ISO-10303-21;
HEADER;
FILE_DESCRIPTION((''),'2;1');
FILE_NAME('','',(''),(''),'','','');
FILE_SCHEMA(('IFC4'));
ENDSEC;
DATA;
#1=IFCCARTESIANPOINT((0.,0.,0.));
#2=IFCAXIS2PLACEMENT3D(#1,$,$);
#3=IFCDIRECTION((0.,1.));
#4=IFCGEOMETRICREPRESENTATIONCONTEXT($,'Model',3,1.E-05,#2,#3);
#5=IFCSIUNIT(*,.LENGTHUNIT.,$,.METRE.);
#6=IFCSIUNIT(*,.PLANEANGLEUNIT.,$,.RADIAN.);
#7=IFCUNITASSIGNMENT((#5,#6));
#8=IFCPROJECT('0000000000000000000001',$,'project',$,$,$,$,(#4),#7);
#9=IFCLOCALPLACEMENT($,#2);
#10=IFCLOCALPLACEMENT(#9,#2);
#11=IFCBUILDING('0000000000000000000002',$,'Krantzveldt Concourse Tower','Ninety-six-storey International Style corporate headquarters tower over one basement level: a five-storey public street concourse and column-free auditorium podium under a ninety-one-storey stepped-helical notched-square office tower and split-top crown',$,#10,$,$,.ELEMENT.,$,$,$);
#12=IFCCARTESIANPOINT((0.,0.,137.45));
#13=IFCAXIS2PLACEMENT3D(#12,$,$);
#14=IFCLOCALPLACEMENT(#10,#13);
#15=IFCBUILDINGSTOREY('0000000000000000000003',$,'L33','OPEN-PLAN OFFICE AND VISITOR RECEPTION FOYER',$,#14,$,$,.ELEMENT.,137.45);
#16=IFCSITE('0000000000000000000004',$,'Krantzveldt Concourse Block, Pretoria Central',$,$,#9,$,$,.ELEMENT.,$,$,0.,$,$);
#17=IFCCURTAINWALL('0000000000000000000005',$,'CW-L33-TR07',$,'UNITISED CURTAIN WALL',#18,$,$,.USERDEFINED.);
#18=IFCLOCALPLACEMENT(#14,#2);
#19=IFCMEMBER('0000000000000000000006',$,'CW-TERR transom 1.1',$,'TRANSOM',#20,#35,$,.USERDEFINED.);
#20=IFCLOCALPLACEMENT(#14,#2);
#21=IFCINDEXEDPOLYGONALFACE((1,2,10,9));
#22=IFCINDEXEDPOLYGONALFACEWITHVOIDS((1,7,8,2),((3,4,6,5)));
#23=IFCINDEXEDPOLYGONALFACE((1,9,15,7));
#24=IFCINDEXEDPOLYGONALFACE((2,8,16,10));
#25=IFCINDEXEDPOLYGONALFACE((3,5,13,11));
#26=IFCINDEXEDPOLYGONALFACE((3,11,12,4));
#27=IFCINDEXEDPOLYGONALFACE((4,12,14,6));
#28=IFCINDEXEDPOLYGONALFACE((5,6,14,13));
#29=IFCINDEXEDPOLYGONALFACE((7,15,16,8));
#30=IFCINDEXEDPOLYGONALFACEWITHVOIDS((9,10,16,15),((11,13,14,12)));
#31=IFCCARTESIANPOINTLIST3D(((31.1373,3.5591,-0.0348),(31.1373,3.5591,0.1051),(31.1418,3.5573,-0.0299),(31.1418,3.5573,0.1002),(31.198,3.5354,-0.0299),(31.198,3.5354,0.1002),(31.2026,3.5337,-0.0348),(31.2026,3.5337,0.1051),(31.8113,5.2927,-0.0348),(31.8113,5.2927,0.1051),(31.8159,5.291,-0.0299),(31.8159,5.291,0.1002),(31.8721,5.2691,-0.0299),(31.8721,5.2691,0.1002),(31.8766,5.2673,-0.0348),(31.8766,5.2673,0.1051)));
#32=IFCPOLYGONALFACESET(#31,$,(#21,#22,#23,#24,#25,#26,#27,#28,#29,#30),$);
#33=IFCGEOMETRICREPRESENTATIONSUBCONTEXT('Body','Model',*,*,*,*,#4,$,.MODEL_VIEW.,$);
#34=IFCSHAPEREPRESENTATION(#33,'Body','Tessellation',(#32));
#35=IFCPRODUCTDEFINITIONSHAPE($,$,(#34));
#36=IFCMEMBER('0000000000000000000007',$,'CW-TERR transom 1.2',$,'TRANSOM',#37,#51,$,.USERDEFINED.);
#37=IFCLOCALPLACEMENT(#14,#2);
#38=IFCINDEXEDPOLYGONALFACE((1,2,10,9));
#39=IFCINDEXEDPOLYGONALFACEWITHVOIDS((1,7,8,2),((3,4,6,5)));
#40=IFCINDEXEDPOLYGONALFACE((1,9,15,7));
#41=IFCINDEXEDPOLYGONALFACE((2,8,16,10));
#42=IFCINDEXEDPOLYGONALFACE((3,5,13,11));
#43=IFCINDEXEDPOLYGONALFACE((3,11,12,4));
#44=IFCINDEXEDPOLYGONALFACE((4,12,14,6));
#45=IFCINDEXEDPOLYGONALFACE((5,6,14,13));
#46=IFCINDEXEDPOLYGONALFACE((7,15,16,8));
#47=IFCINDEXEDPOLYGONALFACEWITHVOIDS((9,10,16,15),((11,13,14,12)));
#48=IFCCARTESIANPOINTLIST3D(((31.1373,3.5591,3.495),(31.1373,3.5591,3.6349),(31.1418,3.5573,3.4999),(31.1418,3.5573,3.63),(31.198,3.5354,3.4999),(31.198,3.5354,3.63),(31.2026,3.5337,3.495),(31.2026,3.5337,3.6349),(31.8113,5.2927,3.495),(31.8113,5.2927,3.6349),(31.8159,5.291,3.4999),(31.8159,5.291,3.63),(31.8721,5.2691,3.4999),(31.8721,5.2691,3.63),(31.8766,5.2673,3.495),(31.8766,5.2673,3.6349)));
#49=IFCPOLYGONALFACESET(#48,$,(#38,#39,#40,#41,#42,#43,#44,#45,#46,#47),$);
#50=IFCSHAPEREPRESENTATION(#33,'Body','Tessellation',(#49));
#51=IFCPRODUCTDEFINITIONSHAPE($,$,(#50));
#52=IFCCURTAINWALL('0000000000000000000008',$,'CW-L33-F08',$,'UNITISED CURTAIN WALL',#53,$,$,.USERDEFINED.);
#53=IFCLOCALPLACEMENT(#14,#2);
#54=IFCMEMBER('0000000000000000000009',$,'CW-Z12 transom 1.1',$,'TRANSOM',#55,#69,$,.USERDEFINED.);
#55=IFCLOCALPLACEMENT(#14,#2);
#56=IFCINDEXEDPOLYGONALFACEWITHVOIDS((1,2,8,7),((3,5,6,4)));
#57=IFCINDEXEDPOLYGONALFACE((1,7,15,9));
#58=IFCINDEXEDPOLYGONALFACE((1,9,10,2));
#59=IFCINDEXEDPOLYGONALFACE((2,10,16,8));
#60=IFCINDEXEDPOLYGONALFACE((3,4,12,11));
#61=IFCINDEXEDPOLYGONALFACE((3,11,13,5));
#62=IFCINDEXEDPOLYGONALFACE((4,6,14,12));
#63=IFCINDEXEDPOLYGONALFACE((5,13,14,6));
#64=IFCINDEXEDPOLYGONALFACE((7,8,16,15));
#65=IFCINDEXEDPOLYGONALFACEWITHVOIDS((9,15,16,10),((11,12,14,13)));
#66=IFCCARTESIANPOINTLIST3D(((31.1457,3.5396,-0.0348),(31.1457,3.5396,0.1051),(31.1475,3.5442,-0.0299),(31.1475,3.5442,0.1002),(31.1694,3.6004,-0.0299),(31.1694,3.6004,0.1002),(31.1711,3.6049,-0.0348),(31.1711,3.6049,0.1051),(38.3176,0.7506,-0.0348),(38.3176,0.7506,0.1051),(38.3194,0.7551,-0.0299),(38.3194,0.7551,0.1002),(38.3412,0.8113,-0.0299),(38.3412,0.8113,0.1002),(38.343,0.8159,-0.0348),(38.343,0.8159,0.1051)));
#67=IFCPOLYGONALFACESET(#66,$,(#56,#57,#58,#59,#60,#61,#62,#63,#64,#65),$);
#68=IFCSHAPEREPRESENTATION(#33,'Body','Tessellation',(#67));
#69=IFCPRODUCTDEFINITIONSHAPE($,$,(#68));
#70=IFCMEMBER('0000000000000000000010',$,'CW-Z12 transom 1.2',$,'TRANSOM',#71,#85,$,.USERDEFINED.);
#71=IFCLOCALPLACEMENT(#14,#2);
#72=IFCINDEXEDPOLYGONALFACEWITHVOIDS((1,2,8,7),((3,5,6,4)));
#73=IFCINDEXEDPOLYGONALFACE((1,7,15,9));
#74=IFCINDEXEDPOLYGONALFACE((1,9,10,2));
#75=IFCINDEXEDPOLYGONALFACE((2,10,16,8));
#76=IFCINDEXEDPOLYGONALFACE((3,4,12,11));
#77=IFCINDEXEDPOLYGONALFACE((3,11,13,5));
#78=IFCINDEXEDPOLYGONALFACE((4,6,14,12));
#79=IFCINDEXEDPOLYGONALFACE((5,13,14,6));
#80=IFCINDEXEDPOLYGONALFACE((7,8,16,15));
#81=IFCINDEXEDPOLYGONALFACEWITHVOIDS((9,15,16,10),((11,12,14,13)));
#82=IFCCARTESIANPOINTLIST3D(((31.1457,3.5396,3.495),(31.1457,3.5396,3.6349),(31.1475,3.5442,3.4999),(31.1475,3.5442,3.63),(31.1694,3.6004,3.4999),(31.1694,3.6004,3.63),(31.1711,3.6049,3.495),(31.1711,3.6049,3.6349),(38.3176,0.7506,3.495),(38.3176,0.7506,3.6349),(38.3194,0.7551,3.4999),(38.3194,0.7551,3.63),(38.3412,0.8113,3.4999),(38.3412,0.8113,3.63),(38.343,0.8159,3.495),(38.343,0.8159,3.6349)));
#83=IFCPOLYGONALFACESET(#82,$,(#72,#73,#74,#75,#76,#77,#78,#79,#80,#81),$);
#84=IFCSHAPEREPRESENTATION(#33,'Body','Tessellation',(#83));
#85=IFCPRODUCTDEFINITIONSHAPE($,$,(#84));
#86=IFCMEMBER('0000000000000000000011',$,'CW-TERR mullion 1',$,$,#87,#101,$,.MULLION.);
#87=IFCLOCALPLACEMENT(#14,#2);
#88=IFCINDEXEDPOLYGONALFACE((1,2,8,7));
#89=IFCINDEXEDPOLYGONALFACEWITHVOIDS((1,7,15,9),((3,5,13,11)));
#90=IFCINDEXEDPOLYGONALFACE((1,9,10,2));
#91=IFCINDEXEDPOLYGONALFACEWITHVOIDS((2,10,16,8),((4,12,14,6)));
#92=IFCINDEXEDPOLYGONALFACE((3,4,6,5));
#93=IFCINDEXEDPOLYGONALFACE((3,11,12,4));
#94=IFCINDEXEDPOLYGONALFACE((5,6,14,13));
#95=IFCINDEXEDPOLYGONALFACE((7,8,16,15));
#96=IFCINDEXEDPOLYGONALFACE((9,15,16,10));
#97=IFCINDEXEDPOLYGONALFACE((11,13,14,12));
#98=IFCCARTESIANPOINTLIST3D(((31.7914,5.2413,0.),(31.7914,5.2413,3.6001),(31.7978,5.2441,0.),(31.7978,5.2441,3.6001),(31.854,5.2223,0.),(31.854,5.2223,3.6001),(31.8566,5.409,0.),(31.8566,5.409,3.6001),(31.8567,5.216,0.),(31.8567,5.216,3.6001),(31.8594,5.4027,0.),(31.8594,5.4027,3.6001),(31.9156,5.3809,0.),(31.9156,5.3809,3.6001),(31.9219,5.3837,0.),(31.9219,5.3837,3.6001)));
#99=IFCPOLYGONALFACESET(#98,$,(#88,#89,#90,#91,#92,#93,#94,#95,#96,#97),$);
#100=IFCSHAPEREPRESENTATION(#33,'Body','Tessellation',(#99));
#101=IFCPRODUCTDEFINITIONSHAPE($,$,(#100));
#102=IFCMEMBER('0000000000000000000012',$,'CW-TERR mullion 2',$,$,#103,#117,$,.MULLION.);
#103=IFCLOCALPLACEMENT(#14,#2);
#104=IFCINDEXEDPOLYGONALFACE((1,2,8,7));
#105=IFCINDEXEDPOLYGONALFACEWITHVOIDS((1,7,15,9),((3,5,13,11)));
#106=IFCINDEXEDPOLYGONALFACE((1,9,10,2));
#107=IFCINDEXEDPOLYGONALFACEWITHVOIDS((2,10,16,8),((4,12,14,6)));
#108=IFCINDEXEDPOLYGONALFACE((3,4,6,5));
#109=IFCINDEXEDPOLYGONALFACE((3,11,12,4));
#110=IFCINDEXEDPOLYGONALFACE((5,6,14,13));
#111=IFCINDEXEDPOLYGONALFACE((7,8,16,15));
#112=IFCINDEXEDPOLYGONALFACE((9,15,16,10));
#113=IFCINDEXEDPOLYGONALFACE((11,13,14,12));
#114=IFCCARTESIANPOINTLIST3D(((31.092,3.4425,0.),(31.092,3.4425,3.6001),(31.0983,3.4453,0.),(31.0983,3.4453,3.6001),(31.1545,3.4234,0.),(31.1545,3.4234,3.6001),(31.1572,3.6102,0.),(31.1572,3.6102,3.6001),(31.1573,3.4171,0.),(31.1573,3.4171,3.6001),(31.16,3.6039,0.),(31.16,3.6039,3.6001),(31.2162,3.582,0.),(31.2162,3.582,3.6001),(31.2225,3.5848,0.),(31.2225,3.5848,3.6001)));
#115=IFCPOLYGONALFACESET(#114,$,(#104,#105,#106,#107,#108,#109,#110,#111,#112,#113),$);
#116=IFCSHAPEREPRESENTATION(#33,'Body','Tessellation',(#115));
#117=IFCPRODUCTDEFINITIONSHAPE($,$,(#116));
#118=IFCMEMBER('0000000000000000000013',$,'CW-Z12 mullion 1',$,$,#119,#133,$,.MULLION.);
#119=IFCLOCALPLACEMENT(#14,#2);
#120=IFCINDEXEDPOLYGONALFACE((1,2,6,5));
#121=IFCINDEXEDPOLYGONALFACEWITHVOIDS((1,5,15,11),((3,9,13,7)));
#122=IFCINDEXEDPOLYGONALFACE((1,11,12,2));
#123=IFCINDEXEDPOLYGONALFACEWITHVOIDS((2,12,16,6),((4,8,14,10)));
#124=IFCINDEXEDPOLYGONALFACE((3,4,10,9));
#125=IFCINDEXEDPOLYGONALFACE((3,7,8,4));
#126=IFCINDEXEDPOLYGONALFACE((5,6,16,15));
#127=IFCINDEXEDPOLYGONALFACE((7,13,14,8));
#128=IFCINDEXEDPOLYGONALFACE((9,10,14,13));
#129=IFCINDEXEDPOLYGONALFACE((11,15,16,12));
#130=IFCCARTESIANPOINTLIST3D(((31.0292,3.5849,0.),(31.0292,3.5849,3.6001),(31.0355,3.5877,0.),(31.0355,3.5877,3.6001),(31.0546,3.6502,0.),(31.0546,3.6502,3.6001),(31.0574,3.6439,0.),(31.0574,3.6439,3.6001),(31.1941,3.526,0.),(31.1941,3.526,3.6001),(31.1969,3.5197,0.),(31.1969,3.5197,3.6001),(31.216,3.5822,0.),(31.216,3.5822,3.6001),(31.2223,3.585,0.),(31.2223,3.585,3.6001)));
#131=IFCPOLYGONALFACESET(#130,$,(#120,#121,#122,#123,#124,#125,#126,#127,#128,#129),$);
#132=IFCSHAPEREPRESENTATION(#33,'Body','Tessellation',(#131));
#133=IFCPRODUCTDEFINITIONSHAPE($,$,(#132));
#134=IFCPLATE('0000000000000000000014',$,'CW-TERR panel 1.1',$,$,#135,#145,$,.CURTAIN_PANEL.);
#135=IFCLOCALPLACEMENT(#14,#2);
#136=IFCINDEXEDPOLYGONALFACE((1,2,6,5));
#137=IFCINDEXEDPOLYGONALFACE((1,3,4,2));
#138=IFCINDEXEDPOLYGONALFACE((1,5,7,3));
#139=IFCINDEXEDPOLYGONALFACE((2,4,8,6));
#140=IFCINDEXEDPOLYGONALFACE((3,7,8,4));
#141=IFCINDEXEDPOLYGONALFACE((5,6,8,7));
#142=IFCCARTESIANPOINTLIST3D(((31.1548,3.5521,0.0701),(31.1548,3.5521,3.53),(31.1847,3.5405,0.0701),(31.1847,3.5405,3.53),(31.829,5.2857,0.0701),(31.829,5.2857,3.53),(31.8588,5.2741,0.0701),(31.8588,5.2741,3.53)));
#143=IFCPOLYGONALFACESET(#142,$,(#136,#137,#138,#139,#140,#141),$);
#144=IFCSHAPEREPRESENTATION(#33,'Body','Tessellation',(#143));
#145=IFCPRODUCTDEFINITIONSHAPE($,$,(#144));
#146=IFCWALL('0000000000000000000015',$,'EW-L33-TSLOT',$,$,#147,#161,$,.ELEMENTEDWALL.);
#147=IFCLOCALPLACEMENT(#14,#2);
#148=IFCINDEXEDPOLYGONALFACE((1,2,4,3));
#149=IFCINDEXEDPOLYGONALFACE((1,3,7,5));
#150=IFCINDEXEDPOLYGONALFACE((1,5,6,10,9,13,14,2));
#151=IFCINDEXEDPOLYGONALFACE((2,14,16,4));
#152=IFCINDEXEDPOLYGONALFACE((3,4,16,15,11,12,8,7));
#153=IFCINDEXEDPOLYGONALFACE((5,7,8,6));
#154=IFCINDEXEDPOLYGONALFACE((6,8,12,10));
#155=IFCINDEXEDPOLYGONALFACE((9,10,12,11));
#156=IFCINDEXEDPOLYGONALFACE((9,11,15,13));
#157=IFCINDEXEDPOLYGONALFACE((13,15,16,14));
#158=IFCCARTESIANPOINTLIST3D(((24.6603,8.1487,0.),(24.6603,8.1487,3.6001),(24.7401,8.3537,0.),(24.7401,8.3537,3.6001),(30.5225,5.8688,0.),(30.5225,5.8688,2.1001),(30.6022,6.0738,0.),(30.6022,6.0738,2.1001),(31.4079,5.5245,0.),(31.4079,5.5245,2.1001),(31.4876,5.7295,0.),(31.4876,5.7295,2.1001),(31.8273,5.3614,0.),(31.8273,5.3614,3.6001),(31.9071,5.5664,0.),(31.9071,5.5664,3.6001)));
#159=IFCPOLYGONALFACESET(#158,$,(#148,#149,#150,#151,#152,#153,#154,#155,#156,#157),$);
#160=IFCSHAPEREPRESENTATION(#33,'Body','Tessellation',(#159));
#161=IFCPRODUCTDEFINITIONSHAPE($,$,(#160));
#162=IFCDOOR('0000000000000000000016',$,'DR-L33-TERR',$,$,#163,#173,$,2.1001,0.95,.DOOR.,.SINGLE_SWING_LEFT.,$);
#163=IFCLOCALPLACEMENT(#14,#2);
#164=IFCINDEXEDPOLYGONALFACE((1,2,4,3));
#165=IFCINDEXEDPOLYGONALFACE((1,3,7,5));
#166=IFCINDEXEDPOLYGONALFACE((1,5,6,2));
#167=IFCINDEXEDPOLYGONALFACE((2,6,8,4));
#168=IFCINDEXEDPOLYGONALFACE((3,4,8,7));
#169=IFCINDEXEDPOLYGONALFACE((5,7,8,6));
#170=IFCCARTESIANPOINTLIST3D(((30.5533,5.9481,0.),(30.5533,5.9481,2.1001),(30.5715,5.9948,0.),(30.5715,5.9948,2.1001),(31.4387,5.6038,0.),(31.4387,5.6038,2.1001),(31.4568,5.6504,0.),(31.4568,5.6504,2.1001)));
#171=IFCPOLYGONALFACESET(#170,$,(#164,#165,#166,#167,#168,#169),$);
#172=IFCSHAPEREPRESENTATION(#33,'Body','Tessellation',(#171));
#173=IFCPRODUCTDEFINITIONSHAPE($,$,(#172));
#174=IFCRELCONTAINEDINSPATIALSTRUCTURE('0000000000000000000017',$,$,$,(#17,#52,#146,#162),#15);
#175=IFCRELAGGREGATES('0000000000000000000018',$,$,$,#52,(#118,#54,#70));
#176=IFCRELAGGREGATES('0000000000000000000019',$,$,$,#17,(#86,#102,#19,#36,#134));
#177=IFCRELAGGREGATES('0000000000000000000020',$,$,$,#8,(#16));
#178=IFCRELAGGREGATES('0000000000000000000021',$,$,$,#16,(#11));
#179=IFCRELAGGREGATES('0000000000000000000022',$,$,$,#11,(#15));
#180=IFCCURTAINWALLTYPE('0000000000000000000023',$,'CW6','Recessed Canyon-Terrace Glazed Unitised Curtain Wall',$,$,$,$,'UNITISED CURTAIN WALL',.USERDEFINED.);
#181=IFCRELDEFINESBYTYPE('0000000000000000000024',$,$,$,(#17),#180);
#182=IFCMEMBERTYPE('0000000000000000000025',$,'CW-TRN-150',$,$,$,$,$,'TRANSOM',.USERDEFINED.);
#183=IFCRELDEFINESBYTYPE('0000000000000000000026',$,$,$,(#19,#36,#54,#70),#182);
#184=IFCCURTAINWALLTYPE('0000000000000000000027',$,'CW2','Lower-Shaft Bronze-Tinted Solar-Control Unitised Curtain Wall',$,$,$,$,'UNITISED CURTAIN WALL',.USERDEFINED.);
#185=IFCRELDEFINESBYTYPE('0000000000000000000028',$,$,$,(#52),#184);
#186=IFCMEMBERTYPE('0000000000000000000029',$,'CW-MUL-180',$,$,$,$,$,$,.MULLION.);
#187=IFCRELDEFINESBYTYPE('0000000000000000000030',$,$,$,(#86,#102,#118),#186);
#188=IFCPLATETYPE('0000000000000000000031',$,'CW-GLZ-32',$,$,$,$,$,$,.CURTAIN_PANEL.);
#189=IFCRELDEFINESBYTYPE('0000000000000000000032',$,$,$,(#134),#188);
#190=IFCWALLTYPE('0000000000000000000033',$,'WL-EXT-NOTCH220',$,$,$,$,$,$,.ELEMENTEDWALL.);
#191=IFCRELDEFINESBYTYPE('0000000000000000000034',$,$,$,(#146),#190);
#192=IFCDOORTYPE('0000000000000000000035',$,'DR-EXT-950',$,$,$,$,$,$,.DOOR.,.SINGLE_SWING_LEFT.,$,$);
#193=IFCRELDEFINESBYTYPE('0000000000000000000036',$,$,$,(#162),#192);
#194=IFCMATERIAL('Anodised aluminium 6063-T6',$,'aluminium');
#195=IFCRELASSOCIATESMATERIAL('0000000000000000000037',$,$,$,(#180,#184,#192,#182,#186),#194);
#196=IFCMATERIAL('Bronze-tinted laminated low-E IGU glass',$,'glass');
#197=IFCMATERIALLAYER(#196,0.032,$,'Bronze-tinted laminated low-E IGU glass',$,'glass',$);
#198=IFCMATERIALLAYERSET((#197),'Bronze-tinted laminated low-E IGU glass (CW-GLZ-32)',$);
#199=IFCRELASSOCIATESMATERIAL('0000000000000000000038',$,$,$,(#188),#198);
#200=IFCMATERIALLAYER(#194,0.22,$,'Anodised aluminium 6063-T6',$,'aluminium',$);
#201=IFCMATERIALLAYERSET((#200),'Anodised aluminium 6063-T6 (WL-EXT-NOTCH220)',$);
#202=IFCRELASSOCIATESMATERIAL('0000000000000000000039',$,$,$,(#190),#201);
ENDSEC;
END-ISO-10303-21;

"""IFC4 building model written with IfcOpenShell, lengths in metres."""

from ifc_helpers import new_model, si_unit, direction, frame, frame_2d, origin, origin_2d, place, context, subcontext, project, spatial, rectangle, hollow_rectangle, extrude, source, transform, mapped, material, layer, layer_set, material_profile, profile_set, type_object, type_shapes, element, fill, aggregate, save


model = new_model("IFC4")

# Units and contexts
model_context = context("Model", 3, precision=1e-05, world=origin(), true_north=direction((0.0, 1.0)))
body_context = subcontext(model_context, "Body", "Model", "MODEL_VIEW")
ifc_project = project(units=[si_unit("LENGTHUNIT", "METRE"), si_unit("PLANEANGLEUNIT", "RADIAN")], contexts=[model_context])

# Site, building, storey
site_placement = place(None, origin())
site = spatial("IfcSite", under=ifc_project, at=site_placement, Name="Krantzveldt Concourse Block, Pretoria Central", CompositionType="ELEMENT", RefElevation=0.0)
building_placement = place(site_placement, origin())
building = spatial("IfcBuilding", under=site, at=building_placement, Name="Krantzveldt Concourse Tower", Description="Ninety-six-storey International Style corporate headquarters tower over one basement level: a five-storey public street concourse and column-free auditorium podium under a ninety-one-storey stepped-helical notched-square office tower and split-top crown", CompositionType="ELEMENT")
storey_placement = place(building_placement, frame((0.0, 0.0, 137.45)))
storey = spatial("IfcBuildingStorey", under=building, at=storey_placement, Name="L33", Description="OPEN-PLAN OFFICE AND VISITOR RECEPTION FOYER", CompositionType="ELEMENT", Elevation=137.45)

# Curtain walls, members
ifc_material_1 = material(Name="Anodised aluminium 6063-T6", Category="aluminium")
curtain_wall_type_1 = type_object("IfcCurtainWallType", Name="CW6", Description="Recessed Canyon-Terrace Glazed Unitised Curtain Wall", ElementType="UNITISED CURTAIN WALL", PredefinedType="USERDEFINED", material=ifc_material_1)
curtain_wall_1_placement = place(storey_placement, origin())
curtain_wall_1 = element("IfcCurtainWall", 1, at=curtain_wall_1_placement, inside=storey, type_object=curtain_wall_type_1, Name="CW-L33-TR07", ObjectType="UNITISED CURTAIN WALL", PredefinedType="USERDEFINED")
ifc_material_profile_1 = material_profile(ifc_material_1, hollow_rectangle(XDim=0.0701, YDim=0.1399, WallThickness=0.0049, at=origin_2d()), Name="Anodised aluminium 6063-T6", Category="aluminium")
ifc_profile_set_1 = profile_set([ifc_material_profile_1], Name="Anodised aluminium 6063-T6 - ALU-TRAN 140x70x5")
member_type_1 = type_object("IfcMemberType", Name="CW-TRN-150", ElementType="TRANSOM", PredefinedType="USERDEFINED", material=ifc_profile_set_1)
shared_shape_1 = source(origin(), body_context, "Body", "SweptSolid", [
    extrude(hollow_rectangle(XDim=0.0701, YDim=0.1399, WallThickness=0.0049, at=origin_2d()), origin(), (0.0, 0.0, 1.0), 1.8601),
])
member_1_placement = place(storey_placement, frame((31.844, 5.28, 0.0352), z_axis=(-0.362389, -0.932027, 0.0), x_axis=(0.932027, -0.362389, 0.0)))
member_1 = element("IfcMember", 2, at=member_1_placement, type_object=member_type_1, Name="CW-TERR transom 1.1", ObjectType="TRANSOM", PredefinedType="USERDEFINED", context=body_context, shape_type="MappedRepresentation", body=[
    mapped(shared_shape_1, transform((0.0, 0.0, 0.0), x_axis=(1.0, 0.0, 0.0), y_axis=(0.0, 1.0, 0.0), z_axis=(0.0, 0.0, 1.0), scale=1.0)),
])
member_2_placement = place(storey_placement, frame((31.844, 5.28, 3.5649), z_axis=(-0.362389, -0.932027, 0.0), x_axis=(0.932027, -0.362389, 0.0)))
member_2 = element("IfcMember", 3, at=member_2_placement, type_object=member_type_1, Name="CW-TERR transom 1.2", ObjectType="TRANSOM", PredefinedType="USERDEFINED", context=body_context, shape_type="MappedRepresentation", body=[
    mapped(shared_shape_1, transform((0.0, 0.0, 0.0), x_axis=(1.0, 0.0, 0.0), y_axis=(0.0, 1.0, 0.0), z_axis=(0.0, 0.0, 1.0), scale=1.0)),
])
curtain_wall_type_2 = type_object("IfcCurtainWallType", Name="CW2", Description="Lower-Shaft Bronze-Tinted Solar-Control Unitised Curtain Wall", ElementType="UNITISED CURTAIN WALL", PredefinedType="USERDEFINED", material=ifc_material_1)
curtain_wall_2_placement = place(storey_placement, origin())
curtain_wall_2 = element("IfcCurtainWall", 4, at=curtain_wall_2_placement, inside=storey, type_object=curtain_wall_type_2, Name="CW-L33-F08", ObjectType="UNITISED CURTAIN WALL", PredefinedType="USERDEFINED")
shared_shape_2 = source(origin(), body_context, "Body", "SweptSolid", [
    extrude(hollow_rectangle(XDim=0.0701, YDim=0.1399, WallThickness=0.0049, at=origin_2d()), origin(), (0.0, 0.0, 1.0), 7.6951),
])
type_shapes(member_type_1, [shared_shape_1, shared_shape_2])
member_3_placement = place(storey_placement, frame((31.1584, 3.5723, 0.0352), z_axis=(0.932005, -0.362446, 0.0), x_axis=(0.362446, 0.932005, 0.0)))
member_3 = element("IfcMember", 5, at=member_3_placement, type_object=member_type_1, Name="CW-Z12 transom 1.1", ObjectType="TRANSOM", PredefinedType="USERDEFINED", context=body_context, shape_type="MappedRepresentation", body=[
    mapped(shared_shape_2, transform((0.0, 0.0, 0.0), x_axis=(1.0, 0.0, 0.0), y_axis=(0.0, 1.0, 0.0), z_axis=(0.0, 0.0, 1.0), scale=1.0)),
])
member_4_placement = place(storey_placement, frame((31.1584, 3.5723, 3.5649), z_axis=(0.932005, -0.362446, 0.0), x_axis=(0.362446, 0.932005, 0.0)))
member_4 = element("IfcMember", 6, at=member_4_placement, type_object=member_type_1, Name="CW-Z12 transom 1.2", ObjectType="TRANSOM", PredefinedType="USERDEFINED", context=body_context, shape_type="MappedRepresentation", body=[
    mapped(shared_shape_2, transform((0.0, 0.0, 0.0), x_axis=(1.0, 0.0, 0.0), y_axis=(0.0, 1.0, 0.0), z_axis=(0.0, 0.0, 1.0), scale=1.0)),
])

# Members
ifc_material_profile_2 = material_profile(ifc_material_1, hollow_rectangle(XDim=0.0701, YDim=0.1799, WallThickness=0.0049, at=origin_2d()), Name="Anodised aluminium 6063-T6", Category="aluminium")
ifc_profile_set_2 = profile_set([ifc_material_profile_2], Name="Anodised aluminium 6063-T6 - ALU-MULL 180x70x5")
member_type_2 = type_object("IfcMemberType", Name="CW-MUL-180", PredefinedType="MULLION", material=ifc_profile_set_2)
shared_shape_3 = source(origin(), body_context, "Body", "SweptSolid", [
    extrude(hollow_rectangle(XDim=0.0701, YDim=0.1799, WallThickness=0.0049, at=origin_2d()), origin(), (0.0, 0.0, 1.0), 3.6001),
])
type_shapes(member_type_2, [shared_shape_3])
member_5_placement = place(storey_placement, frame((31.8567, 5.3125, 0.0), z_axis=(0.0, 0.0, 1.0), x_axis=(0.932007, -0.362439, 0.0)))
member_5 = element("IfcMember", 7, at=member_5_placement, type_object=member_type_2, Name="CW-TERR mullion 1", PredefinedType="MULLION", context=body_context, shape_type="MappedRepresentation", body=[
    mapped(shared_shape_3, transform((0.0, 0.0, 0.0), x_axis=(1.0, 0.0, 0.0), y_axis=(0.0, 1.0, 0.0), z_axis=(0.0, 0.0, 1.0), scale=1.0)),
])
member_6_placement = place(storey_placement, frame((31.1572, 3.5137, 0.0), z_axis=(0.0, 0.0, 1.0), x_axis=(0.932007, -0.362439, 0.0)))
member_6 = element("IfcMember", 8, at=member_6_placement, type_object=member_type_2, Name="CW-TERR mullion 2", PredefinedType="MULLION", context=body_context, shape_type="MappedRepresentation", body=[
    mapped(shared_shape_3, transform((0.0, 0.0, 0.0), x_axis=(1.0, 0.0, 0.0), y_axis=(0.0, 1.0, 0.0), z_axis=(0.0, 0.0, 1.0), scale=1.0)),
])
member_7_placement = place(storey_placement, frame((31.1257, 3.585, 0.0), z_axis=(0.0, 0.0, 1.0), x_axis=(0.362438, 0.932008, 0.0)))
member_7 = element("IfcMember", 9, at=member_7_placement, type_object=member_type_2, Name="CW-Z12 mullion 1", PredefinedType="MULLION", context=body_context, shape_type="MappedRepresentation", body=[
    mapped(shared_shape_3, transform((0.0, 0.0, 0.0), x_axis=(1.0, 0.0, 0.0), y_axis=(0.0, 1.0, 0.0), z_axis=(0.0, 0.0, 1.0), scale=1.0)),
])
aggregate(curtain_wall_2, [member_7, member_3, member_4])

# Plate
ifc_material_2 = material(Name="Bronze-tinted laminated low-E IGU glass", Category="glass")
ifc_layer_1 = layer(ifc_material_2, 0.032, Name="Bronze-tinted laminated low-E IGU glass", Category="glass")
ifc_layer_set_1 = layer_set([ifc_layer_1], Name="Bronze-tinted laminated low-E IGU glass (CW-GLZ-32)")
plate_type = type_object("IfcPlateType", Name="CW-GLZ-32", PredefinedType="CURTAIN_PANEL", material=ifc_layer_set_1)
shared_shape_4 = source(origin(), body_context, "Body", "SweptSolid", [
    extrude(rectangle(XDim=1.8601, YDim=0.032, at=origin_2d()), origin(), (0.0, 0.0, 1.0), 3.46),
])
type_shapes(plate_type, [shared_shape_4])
plate_placement = place(storey_placement, frame((31.5068, 4.4131, 0.0701), z_axis=(0.0, 0.0, 1.0), x_axis=(-0.362439, -0.932007, 0.0)))
plate = element("IfcPlate", 10, at=plate_placement, type_object=plate_type, Name="CW-TERR panel 1.1", PredefinedType="CURTAIN_PANEL", context=body_context, shape_type="MappedRepresentation", body=[
    mapped(shared_shape_4, transform((0.0, 0.0, 0.0), x_axis=(1.0, 0.0, 0.0), y_axis=(0.0, 1.0, 0.0), z_axis=(0.0, 0.0, 1.0), scale=1.0)),
])
aggregate(curtain_wall_1, [member_5, member_6, member_1, member_2, plate])

# Wall, opening, door
ifc_layer_2 = layer(ifc_material_1, 0.22, Name="Anodised aluminium 6063-T6", Category="aluminium")
ifc_layer_set_2 = layer_set([ifc_layer_2], Name="Anodised aluminium 6063-T6 (WL-EXT-NOTCH220)")
wall_type_1 = type_object("IfcWallType", Name="WL-EXT-NOTCH220", PredefinedType="ELEMENTEDWALL", material=ifc_layer_set_2)
wall_1_placement = place(storey_placement, frame((31.8672, 5.4639, 0.0), z_axis=(0.0, 0.0, 1.0), x_axis=(-0.931996, 0.362468, 0.0)))
wall_1 = element("IfcWall", 11, at=wall_1_placement, inside=storey, type_object=wall_type_1, Name="EW-L33-TSLOT", PredefinedType="ELEMENTEDWALL", context=body_context, shape_type="SweptSolid", body=[
    extrude(rectangle(XDim=7.6899, YDim=0.22, at=frame_2d((3.845, 0.0))), origin(), (0.0, 0.0, 1.0), 3.6001),
])
opening_1_placement = place(wall_1_placement, frame((0.45, 0.0, 0.0)))
opening_1 = element("IfcOpeningElement", 12, at=opening_1_placement, cuts=wall_1, PredefinedType="OPENING", context=body_context, shape_type="SweptSolid", body=[
    extrude(rectangle(XDim=0.95, YDim=2.1001, at=frame_2d((0.4751, 1.05))), frame((0.0, 0.1201, 0.0), z_axis=(0.0, -1.0, 0.0), x_axis=(1.0, 0.0, 0.0)), (0.0, 0.0, 1.0), 0.24),
])
door_type_1 = type_object("IfcDoorType", Name="DR-EXT-950", OperationType="SINGLE_SWING_LEFT", PredefinedType="DOOR", material=ifc_material_1)
door_1_placement = place(opening_1_placement, origin())
door_1 = element("IfcDoor", 13, at=door_1_placement, inside=storey, type_object=door_type_1, Name="DR-L33-TERR", OperationType="SINGLE_SWING_LEFT", OverallHeight=2.1001, OverallWidth=0.95, PredefinedType="DOOR", context=body_context, shape_type="SweptSolid", body=[
    extrude(rectangle(XDim=0.95, YDim=2.1001, at=frame_2d((0.4751, 1.05))), frame((0.0, 0.0249, 0.0), z_axis=(0.0, -1.0, 0.0), x_axis=(1.0, 0.0, 0.0)), (0.0, 0.0, 1.0), 0.05),
])
fill(opening_1, door_1)

save(model, "model.ifc")
